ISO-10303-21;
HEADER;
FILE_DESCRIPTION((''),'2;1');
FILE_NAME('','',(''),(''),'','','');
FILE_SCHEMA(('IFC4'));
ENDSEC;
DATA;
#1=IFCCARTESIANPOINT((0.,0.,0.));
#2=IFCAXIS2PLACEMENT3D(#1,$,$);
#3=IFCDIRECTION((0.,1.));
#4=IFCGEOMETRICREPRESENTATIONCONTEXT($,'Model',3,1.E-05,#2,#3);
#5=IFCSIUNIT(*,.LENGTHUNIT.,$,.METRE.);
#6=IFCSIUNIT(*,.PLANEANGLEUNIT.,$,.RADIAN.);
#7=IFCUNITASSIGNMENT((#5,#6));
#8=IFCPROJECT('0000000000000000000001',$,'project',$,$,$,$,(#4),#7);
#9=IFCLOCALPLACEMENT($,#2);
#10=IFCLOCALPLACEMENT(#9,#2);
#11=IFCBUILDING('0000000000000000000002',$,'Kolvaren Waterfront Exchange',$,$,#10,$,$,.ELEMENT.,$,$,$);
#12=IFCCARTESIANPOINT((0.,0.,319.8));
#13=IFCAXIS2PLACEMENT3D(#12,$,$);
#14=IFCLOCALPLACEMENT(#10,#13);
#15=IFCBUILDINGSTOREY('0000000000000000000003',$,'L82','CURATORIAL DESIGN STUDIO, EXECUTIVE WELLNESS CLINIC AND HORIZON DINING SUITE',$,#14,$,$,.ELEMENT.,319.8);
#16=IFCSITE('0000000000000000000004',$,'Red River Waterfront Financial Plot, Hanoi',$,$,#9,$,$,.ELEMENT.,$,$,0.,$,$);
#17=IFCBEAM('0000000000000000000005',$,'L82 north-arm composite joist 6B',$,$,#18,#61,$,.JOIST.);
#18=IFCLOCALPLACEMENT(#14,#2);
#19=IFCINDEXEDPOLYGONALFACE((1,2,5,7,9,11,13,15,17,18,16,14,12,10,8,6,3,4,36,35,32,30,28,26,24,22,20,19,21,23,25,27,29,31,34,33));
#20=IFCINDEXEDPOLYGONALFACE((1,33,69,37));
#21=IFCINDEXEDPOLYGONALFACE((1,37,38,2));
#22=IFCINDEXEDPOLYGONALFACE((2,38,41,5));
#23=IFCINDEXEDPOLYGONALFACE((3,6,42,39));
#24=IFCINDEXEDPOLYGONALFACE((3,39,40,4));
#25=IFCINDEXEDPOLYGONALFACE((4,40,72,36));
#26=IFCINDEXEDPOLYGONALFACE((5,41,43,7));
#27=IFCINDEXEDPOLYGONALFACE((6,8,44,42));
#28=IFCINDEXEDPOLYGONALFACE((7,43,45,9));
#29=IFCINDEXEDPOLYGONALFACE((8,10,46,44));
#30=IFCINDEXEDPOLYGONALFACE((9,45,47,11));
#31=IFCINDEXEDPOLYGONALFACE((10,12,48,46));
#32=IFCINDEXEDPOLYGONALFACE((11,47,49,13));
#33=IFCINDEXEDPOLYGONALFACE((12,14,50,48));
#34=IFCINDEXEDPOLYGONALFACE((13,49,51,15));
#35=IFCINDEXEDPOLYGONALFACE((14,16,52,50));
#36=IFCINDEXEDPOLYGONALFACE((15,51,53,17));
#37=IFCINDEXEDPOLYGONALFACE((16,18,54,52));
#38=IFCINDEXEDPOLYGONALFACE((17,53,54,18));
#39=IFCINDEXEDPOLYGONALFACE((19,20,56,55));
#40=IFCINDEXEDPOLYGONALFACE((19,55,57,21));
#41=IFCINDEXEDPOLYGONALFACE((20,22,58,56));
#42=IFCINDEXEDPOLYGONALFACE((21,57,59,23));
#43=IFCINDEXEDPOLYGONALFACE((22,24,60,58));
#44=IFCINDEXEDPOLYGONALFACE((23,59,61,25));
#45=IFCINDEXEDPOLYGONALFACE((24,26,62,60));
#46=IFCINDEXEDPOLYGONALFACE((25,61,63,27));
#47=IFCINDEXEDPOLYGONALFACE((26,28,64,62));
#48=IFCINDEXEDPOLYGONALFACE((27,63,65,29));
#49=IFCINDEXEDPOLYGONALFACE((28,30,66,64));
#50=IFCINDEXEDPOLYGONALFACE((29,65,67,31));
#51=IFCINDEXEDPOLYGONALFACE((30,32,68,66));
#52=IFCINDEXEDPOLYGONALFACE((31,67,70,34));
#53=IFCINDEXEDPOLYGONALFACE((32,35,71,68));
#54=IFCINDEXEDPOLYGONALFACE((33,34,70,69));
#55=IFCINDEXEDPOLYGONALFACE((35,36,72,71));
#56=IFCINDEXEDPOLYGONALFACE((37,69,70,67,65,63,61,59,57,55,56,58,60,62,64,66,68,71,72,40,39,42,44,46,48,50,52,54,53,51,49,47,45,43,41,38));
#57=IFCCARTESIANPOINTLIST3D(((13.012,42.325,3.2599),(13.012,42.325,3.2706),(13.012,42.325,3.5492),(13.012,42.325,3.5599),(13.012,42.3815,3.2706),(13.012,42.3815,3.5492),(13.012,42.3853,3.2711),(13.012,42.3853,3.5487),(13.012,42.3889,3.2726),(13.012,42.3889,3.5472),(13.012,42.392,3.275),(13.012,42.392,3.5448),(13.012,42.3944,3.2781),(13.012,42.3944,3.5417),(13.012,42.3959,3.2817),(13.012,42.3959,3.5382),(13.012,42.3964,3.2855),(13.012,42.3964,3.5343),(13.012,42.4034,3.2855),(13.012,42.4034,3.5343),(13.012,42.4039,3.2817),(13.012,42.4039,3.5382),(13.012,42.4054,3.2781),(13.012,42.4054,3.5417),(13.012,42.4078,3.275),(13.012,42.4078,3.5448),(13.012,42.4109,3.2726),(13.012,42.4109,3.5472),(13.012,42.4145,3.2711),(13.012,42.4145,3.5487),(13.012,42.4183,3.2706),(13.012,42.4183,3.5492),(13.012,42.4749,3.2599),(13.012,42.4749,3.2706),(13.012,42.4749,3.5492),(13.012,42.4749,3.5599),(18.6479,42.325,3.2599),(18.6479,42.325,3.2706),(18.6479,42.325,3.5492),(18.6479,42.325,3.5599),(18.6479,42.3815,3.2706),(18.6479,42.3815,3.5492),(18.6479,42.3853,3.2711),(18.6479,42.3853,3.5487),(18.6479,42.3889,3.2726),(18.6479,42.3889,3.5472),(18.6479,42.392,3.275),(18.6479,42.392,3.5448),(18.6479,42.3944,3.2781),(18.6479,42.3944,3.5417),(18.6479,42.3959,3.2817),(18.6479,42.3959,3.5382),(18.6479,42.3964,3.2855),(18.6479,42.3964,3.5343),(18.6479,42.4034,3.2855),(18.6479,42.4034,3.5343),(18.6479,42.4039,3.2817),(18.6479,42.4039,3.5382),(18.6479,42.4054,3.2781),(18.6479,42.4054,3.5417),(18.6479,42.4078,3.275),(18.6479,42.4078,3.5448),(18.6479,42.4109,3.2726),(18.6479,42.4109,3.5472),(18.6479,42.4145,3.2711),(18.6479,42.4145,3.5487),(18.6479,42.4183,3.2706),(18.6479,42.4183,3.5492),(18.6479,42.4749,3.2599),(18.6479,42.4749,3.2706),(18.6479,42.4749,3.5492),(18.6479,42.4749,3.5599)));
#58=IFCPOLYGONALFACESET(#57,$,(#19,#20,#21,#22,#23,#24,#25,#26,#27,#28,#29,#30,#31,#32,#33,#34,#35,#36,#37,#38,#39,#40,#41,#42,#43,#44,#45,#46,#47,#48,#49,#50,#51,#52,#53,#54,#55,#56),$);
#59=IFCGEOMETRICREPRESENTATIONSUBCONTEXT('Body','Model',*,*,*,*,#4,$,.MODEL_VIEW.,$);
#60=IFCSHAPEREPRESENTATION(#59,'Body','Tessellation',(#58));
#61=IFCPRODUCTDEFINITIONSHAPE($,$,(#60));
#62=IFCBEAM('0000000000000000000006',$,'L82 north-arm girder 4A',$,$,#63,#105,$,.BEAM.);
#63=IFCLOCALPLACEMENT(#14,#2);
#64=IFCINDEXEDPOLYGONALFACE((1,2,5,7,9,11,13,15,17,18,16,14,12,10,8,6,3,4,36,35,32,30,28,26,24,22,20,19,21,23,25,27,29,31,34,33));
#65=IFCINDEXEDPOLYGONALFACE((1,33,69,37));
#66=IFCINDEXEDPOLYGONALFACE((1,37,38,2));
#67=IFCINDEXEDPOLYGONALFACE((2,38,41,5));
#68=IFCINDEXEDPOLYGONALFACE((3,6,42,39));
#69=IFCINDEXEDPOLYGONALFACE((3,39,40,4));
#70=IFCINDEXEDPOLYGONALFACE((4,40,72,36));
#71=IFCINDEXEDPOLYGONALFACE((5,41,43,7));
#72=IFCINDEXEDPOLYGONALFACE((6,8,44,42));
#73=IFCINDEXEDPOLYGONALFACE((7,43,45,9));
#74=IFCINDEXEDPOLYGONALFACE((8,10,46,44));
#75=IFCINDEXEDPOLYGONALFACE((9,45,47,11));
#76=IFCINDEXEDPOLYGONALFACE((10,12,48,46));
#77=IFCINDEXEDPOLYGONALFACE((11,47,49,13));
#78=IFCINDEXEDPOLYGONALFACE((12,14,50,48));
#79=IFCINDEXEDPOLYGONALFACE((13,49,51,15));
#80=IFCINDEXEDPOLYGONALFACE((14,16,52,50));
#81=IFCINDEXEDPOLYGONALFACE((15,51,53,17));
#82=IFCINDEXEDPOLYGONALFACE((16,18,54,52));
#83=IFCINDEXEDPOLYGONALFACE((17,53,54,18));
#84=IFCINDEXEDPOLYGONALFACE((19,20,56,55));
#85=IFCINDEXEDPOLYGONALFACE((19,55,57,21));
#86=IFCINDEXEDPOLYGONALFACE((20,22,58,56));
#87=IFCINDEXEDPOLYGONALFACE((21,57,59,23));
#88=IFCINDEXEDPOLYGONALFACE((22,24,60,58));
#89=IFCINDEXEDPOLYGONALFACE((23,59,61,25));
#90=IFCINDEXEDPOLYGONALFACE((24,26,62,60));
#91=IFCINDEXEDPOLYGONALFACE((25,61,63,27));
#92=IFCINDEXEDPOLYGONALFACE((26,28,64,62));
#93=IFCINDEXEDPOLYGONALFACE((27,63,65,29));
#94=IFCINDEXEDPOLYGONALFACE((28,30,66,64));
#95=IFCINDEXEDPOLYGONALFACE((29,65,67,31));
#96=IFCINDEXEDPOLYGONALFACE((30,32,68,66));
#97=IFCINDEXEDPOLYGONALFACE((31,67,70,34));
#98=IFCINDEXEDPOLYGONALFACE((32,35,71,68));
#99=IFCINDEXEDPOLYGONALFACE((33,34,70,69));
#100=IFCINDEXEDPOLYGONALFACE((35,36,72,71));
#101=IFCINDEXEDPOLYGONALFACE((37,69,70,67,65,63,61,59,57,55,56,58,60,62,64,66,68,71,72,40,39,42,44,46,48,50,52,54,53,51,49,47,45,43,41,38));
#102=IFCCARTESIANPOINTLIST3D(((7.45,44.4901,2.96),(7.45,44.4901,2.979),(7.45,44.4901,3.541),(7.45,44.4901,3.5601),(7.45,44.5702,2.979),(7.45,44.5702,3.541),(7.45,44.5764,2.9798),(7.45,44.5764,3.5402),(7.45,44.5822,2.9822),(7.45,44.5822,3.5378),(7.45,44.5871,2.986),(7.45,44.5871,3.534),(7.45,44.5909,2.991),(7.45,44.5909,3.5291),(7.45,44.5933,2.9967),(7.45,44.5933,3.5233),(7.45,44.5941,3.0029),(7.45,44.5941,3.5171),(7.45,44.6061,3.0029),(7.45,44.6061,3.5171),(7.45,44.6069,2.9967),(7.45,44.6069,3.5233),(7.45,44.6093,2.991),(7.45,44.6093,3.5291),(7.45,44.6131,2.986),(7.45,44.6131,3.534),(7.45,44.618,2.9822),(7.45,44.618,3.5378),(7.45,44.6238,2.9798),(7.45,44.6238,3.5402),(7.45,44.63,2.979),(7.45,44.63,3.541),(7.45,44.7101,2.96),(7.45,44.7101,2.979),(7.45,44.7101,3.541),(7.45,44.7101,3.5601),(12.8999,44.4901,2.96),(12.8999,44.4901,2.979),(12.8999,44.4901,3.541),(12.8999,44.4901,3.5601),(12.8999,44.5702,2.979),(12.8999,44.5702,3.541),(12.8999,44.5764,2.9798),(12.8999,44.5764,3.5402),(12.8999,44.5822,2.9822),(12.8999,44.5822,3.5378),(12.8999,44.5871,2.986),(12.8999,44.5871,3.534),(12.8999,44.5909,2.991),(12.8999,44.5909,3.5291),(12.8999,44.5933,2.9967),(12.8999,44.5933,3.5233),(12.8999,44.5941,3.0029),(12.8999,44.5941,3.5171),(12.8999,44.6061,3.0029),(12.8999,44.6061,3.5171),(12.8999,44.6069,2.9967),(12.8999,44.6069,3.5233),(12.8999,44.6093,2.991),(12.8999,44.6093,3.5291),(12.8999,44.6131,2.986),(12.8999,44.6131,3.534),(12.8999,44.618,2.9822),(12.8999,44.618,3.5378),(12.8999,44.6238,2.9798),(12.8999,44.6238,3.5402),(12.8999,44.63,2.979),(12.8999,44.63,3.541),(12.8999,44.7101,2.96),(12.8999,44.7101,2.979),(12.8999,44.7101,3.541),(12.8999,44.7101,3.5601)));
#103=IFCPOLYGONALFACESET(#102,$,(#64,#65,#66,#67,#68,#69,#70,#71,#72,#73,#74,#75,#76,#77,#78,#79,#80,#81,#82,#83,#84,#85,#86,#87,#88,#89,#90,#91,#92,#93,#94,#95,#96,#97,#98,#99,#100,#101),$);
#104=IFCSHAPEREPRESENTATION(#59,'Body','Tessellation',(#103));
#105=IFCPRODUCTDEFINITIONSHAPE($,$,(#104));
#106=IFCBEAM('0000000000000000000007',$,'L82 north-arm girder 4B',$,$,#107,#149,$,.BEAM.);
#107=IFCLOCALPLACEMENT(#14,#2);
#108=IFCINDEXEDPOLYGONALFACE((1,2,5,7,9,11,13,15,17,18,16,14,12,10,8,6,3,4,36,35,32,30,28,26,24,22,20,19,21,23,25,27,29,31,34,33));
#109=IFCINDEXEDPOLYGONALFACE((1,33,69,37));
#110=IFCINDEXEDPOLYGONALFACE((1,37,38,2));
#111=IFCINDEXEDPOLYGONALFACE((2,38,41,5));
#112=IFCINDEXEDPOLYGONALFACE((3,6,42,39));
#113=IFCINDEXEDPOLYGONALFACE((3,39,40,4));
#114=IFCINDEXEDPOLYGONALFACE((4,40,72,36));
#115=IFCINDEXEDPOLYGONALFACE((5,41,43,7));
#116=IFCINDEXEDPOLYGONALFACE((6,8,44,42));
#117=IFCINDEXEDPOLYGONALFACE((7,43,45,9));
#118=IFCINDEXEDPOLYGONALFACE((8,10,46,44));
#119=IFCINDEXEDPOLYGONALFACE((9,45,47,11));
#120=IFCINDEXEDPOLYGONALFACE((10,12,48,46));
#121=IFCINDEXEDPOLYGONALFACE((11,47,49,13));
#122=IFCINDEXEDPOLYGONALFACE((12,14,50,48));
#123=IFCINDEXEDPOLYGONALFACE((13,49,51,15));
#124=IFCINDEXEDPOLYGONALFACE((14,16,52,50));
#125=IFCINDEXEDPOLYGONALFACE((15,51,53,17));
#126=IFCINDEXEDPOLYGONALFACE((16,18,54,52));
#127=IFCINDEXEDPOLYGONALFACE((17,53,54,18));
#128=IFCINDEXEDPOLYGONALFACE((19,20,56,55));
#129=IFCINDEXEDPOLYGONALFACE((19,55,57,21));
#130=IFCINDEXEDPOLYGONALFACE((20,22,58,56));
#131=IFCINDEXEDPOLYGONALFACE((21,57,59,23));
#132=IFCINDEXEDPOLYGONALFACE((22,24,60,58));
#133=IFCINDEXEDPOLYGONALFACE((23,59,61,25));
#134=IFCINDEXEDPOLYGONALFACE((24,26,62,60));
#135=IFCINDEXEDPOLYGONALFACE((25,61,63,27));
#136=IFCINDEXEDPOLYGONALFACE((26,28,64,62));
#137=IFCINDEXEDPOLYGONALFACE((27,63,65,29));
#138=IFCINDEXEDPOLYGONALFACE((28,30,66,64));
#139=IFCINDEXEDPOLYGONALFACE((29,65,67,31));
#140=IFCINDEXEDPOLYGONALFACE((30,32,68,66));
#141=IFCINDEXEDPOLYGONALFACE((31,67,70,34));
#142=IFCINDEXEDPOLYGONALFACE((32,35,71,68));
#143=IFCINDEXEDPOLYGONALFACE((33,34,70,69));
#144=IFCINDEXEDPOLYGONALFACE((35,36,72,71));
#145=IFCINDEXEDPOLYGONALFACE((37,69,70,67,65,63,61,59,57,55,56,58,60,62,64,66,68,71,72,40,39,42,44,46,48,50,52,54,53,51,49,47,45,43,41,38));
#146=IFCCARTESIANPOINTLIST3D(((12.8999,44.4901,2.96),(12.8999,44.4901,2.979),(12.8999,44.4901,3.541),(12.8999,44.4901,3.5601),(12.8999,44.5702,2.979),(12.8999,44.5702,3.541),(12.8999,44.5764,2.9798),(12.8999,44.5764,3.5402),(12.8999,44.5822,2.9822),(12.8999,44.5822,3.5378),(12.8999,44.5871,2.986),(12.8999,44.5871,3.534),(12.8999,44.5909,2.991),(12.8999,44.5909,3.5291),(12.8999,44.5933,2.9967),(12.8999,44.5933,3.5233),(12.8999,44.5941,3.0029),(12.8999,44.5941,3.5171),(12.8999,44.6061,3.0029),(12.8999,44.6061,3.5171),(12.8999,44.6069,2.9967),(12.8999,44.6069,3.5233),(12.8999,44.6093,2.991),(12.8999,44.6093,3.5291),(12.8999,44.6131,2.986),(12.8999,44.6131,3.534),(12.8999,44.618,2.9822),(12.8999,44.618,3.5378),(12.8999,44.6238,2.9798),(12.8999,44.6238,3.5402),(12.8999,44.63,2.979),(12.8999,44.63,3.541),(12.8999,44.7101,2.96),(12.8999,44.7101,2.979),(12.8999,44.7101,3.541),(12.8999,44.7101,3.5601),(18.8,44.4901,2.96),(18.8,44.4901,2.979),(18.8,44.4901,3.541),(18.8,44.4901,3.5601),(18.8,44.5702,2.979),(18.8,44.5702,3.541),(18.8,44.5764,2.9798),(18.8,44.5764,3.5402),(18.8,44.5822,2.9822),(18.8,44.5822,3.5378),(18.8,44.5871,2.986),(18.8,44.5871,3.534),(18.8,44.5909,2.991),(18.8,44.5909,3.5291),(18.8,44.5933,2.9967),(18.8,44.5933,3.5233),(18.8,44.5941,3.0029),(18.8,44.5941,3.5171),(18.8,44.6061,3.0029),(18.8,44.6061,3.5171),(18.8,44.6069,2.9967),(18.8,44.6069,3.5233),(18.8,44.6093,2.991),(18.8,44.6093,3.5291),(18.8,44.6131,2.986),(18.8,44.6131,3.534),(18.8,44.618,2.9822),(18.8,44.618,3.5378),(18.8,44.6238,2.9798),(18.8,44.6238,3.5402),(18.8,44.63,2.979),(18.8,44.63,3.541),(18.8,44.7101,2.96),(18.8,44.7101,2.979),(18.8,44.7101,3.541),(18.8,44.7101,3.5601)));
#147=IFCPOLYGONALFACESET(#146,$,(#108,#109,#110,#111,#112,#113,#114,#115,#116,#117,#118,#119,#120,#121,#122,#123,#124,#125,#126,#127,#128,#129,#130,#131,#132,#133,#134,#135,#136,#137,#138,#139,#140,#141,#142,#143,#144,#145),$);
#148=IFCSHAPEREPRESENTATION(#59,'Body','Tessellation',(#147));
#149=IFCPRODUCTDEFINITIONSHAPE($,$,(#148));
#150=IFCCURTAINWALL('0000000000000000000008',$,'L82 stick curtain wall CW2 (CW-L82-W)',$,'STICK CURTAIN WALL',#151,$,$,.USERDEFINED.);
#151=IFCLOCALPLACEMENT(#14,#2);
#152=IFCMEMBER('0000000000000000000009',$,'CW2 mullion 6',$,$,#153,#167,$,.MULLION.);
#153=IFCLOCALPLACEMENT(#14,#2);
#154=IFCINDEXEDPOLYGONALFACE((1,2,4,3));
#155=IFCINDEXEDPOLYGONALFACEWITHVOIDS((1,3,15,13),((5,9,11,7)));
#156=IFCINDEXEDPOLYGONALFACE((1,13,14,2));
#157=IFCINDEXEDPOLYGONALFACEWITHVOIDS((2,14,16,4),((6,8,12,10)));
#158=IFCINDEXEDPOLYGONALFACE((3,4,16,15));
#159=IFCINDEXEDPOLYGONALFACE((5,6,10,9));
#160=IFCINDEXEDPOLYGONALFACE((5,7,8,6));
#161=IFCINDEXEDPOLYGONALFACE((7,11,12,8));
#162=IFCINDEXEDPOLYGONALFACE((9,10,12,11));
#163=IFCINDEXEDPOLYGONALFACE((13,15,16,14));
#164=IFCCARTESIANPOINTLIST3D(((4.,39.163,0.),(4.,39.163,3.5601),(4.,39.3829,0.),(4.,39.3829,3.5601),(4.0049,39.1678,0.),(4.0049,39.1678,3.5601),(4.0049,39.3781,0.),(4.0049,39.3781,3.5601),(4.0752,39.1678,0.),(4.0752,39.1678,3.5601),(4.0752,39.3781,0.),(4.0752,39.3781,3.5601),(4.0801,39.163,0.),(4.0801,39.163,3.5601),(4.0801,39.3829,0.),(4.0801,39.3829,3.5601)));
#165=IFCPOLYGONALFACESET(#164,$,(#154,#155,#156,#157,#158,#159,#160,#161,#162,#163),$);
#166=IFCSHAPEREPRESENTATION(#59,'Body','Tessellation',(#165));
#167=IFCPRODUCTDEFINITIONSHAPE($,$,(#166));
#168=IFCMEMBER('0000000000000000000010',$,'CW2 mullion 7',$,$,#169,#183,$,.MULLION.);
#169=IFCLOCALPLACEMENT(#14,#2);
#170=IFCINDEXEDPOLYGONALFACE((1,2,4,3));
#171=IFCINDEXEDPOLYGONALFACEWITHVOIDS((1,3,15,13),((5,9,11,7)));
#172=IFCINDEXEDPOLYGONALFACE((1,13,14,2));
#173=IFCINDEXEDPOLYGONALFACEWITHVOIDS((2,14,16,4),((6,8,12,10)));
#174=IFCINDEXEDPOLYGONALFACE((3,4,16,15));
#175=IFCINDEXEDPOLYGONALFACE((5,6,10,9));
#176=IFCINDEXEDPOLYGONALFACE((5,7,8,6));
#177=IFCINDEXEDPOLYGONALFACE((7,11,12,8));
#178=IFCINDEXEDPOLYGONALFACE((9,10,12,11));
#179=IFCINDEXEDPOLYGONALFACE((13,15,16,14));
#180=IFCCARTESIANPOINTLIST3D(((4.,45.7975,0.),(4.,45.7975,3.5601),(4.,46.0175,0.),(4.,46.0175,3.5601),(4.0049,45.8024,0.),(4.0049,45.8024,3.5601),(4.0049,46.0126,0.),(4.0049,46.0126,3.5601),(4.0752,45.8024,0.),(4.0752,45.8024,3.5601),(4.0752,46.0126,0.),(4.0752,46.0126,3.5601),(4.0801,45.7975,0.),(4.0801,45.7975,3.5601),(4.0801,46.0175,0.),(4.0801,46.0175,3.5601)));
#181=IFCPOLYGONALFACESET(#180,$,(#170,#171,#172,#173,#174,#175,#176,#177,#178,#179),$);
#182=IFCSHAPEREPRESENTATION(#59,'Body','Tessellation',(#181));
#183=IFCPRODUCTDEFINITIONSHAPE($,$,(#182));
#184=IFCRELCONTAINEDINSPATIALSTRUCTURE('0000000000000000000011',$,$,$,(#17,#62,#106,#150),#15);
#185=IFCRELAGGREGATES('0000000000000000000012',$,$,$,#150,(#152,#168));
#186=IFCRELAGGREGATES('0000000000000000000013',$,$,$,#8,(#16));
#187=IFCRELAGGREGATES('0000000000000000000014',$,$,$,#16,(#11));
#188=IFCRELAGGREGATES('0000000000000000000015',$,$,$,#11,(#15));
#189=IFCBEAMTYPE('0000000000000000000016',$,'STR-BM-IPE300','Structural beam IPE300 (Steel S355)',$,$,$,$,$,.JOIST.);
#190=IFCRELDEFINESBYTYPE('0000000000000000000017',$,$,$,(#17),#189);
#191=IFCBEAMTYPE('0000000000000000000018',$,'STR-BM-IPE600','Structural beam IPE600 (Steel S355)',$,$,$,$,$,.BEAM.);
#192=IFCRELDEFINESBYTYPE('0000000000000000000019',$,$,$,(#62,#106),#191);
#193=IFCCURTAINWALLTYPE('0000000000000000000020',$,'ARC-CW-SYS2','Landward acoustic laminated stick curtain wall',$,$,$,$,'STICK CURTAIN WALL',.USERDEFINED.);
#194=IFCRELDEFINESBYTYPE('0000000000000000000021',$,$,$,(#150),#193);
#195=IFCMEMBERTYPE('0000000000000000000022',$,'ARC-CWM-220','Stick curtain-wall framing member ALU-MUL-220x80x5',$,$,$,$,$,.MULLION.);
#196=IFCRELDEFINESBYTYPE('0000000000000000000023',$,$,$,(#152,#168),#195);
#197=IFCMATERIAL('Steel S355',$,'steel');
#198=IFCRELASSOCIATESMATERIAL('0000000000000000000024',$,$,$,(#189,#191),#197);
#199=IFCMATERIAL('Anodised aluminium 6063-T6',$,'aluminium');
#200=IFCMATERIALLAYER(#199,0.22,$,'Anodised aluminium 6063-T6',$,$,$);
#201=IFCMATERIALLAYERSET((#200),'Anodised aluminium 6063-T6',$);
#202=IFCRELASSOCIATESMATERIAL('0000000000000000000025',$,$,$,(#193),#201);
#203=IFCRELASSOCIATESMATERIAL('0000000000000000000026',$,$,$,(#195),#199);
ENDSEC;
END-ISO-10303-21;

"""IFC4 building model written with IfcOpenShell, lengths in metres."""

from ifc_helpers import new_model, si_unit, direction, frame, origin, origin_with_axes, origin_2d, place, context, subcontext, project, spatial, hollow_rectangle, i_section, extrude, source, transform, mapped, material, layer, layer_set, material_profile, profile_set, type_object, element, aggregate, save


model = new_model("IFC4")

# Units and contexts
model_context = context("Model", 3, precision=1e-05, world=origin(), true_north=direction((0.0, 1.0)))
body_context = subcontext(model_context, "Body", "Model", "MODEL_VIEW")
ifc_project = project(units=[si_unit("LENGTHUNIT", "METRE"), si_unit("PLANEANGLEUNIT", "RADIAN")], contexts=[model_context])

# Site, building, storey
site_placement = place(None, origin())
site = spatial("IfcSite", under=ifc_project, at=site_placement, Name="Red River Waterfront Financial Plot, Hanoi", CompositionType="ELEMENT", RefElevation=0.0)
building_placement = place(site_placement, origin())
building = spatial("IfcBuilding", under=site, at=building_placement, Name="Kolvaren Waterfront Exchange", CompositionType="ELEMENT")
storey_placement = place(building_placement, frame((0.0, 0.0, 319.8)))
storey = spatial("IfcBuildingStorey", under=building, at=storey_placement, Name="L82", Description="CURATORIAL DESIGN STUDIO, EXECUTIVE WELLNESS CLINIC AND HORIZON DINING SUITE", CompositionType="ELEMENT", Elevation=319.8)

# Beams
ifc_material_1 = material(Name="Steel S355", Category="steel")
ifc_material_profile_1 = material_profile(ifc_material_1, i_section(OverallWidth=0.1499, OverallDepth=0.3, WebThickness=0.0071, FlangeThickness=0.0107, FilletRadius=0.0149, at=origin_2d()), Name="IPE300")
ifc_profile_set_1 = profile_set([ifc_material_profile_1], Name="Steel S355")
beam_type_1 = type_object("IfcBeamType", Name="STR-BM-IPE300", Description="Structural beam IPE300 (Steel S355)", PredefinedType="JOIST", material=ifc_profile_set_1)
beam_1_placement = place(storey_placement, frame((13.012, 42.3999, 3.4099), z_axis=(1.0, 0.0, 0.0), x_axis=(0.0, 1.0, 0.0)))
element("IfcBeam", 1, at=beam_1_placement, inside=storey, type_object=beam_type_1, Name="L82 north-arm composite joist 6B", PredefinedType="JOIST", context=body_context, shape_type="SweptSolid", body=[
    extrude(i_section(OverallWidth=0.1499, OverallDepth=0.3, WebThickness=0.0071, FlangeThickness=0.0107, FilletRadius=0.0149, at=origin_2d()), origin(), (0.0, 0.0, 1.0), 5.636),
])
ifc_material_profile_2 = material_profile(ifc_material_1, i_section(OverallWidth=0.22, OverallDepth=0.6001, WebThickness=0.012, FlangeThickness=0.019, FilletRadius=0.0239, at=origin_2d()), Name="IPE600")
ifc_profile_set_2 = profile_set([ifc_material_profile_2], Name="Steel S355")
beam_type_2 = type_object("IfcBeamType", Name="STR-BM-IPE600", Description="Structural beam IPE600 (Steel S355)", PredefinedType="BEAM", material=ifc_profile_set_2)
beam_2_placement = place(storey_placement, frame((7.45, 44.6001, 3.26), z_axis=(1.0, 0.0, 0.0), x_axis=(0.0, 1.0, 0.0)))
element("IfcBeam", 2, at=beam_2_placement, inside=storey, type_object=beam_type_2, Name="L82 north-arm girder 4A", PredefinedType="BEAM", context=body_context, shape_type="SweptSolid", body=[
    extrude(i_section(OverallWidth=0.22, OverallDepth=0.6001, WebThickness=0.012, FlangeThickness=0.019, FilletRadius=0.0239, at=origin_2d()), origin(), (0.0, 0.0, 1.0), 5.45),
])
beam_3_placement = place(storey_placement, frame((12.8999, 44.6001, 3.26), z_axis=(1.0, 0.0, 0.0), x_axis=(0.0, 1.0, 0.0)))
element("IfcBeam", 3, at=beam_3_placement, inside=storey, type_object=beam_type_2, Name="L82 north-arm girder 4B", PredefinedType="BEAM", context=body_context, shape_type="SweptSolid", body=[
    extrude(i_section(OverallWidth=0.22, OverallDepth=0.6001, WebThickness=0.012, FlangeThickness=0.019, FilletRadius=0.0239, at=origin_2d()), origin(), (0.0, 0.0, 1.0), 5.9001),
])

# Curtain wall, members
ifc_material_2 = material(Name="Anodised aluminium 6063-T6", Category="aluminium")
ifc_layer_1 = layer(ifc_material_2, 0.22, Name="Anodised aluminium 6063-T6")
ifc_layer_set_1 = layer_set([ifc_layer_1], Name="Anodised aluminium 6063-T6")
curtain_wall_type = type_object("IfcCurtainWallType", Name="ARC-CW-SYS2", Description="Landward acoustic laminated stick curtain wall", ElementType="STICK CURTAIN WALL", PredefinedType="USERDEFINED", material=ifc_layer_set_1)
curtain_wall_placement = place(storey_placement, origin())
curtain_wall = element("IfcCurtainWall", 4, at=curtain_wall_placement, inside=storey, type_object=curtain_wall_type, Name="L82 stick curtain wall CW2 (CW-L82-W)", ObjectType="STICK CURTAIN WALL", PredefinedType="USERDEFINED")
ifc_material_profile_3 = material_profile(ifc_material_2, hollow_rectangle(XDim=0.0801, YDim=0.22, WallThickness=0.0049, at=origin_2d()), Name="ALU-MUL-220x80x5")
ifc_profile_set_3 = profile_set([ifc_material_profile_3], Name="Anodised aluminium 6063-T6")
member_type_1 = type_object("IfcMemberType", Name="ARC-CWM-220", Description="Stick curtain-wall framing member ALU-MUL-220x80x5", PredefinedType="MULLION", material=ifc_profile_set_3)
shared_shape_1 = source(origin_with_axes(), body_context, "Body", "SweptSolid", [
    extrude(hollow_rectangle(XDim=0.0801, YDim=0.22, WallThickness=0.0049, at=origin_2d()), origin(), (0.0, 0.0, 1.0), 3.5601),
])
member_1_placement = place(storey_placement, frame((4.04, 39.2729, 0.0), z_axis=(0.0, 0.0, 1.0), x_axis=(-1.0, 0.0, 0.0)))
member_1 = element("IfcMember", 5, at=member_1_placement, type_object=member_type_1, Name="CW2 mullion 6", PredefinedType="MULLION", context=body_context, shape_type="MappedRepresentation", body=[
    mapped(shared_shape_1, transform((0.0, 0.0, 0.0), x_axis=(1.0, 0.0, 0.0), y_axis=(0.0, 1.0, 0.0), z_axis=(0.0, 0.0, 1.0), scale=1.0)),
])
member_2_placement = place(storey_placement, frame((4.04, 45.9075, 0.0), z_axis=(0.0, 0.0, 1.0), x_axis=(-1.0, 0.0, 0.0)))
member_2 = element("IfcMember", 6, at=member_2_placement, type_object=member_type_1, Name="CW2 mullion 7", PredefinedType="MULLION", context=body_context, shape_type="MappedRepresentation", body=[
    mapped(shared_shape_1, transform((0.0, 0.0, 0.0), x_axis=(1.0, 0.0, 0.0), y_axis=(0.0, 1.0, 0.0), z_axis=(0.0, 0.0, 1.0), scale=1.0)),
])
aggregate(curtain_wall, [member_1, member_2])

save(model, "model.ifc")
